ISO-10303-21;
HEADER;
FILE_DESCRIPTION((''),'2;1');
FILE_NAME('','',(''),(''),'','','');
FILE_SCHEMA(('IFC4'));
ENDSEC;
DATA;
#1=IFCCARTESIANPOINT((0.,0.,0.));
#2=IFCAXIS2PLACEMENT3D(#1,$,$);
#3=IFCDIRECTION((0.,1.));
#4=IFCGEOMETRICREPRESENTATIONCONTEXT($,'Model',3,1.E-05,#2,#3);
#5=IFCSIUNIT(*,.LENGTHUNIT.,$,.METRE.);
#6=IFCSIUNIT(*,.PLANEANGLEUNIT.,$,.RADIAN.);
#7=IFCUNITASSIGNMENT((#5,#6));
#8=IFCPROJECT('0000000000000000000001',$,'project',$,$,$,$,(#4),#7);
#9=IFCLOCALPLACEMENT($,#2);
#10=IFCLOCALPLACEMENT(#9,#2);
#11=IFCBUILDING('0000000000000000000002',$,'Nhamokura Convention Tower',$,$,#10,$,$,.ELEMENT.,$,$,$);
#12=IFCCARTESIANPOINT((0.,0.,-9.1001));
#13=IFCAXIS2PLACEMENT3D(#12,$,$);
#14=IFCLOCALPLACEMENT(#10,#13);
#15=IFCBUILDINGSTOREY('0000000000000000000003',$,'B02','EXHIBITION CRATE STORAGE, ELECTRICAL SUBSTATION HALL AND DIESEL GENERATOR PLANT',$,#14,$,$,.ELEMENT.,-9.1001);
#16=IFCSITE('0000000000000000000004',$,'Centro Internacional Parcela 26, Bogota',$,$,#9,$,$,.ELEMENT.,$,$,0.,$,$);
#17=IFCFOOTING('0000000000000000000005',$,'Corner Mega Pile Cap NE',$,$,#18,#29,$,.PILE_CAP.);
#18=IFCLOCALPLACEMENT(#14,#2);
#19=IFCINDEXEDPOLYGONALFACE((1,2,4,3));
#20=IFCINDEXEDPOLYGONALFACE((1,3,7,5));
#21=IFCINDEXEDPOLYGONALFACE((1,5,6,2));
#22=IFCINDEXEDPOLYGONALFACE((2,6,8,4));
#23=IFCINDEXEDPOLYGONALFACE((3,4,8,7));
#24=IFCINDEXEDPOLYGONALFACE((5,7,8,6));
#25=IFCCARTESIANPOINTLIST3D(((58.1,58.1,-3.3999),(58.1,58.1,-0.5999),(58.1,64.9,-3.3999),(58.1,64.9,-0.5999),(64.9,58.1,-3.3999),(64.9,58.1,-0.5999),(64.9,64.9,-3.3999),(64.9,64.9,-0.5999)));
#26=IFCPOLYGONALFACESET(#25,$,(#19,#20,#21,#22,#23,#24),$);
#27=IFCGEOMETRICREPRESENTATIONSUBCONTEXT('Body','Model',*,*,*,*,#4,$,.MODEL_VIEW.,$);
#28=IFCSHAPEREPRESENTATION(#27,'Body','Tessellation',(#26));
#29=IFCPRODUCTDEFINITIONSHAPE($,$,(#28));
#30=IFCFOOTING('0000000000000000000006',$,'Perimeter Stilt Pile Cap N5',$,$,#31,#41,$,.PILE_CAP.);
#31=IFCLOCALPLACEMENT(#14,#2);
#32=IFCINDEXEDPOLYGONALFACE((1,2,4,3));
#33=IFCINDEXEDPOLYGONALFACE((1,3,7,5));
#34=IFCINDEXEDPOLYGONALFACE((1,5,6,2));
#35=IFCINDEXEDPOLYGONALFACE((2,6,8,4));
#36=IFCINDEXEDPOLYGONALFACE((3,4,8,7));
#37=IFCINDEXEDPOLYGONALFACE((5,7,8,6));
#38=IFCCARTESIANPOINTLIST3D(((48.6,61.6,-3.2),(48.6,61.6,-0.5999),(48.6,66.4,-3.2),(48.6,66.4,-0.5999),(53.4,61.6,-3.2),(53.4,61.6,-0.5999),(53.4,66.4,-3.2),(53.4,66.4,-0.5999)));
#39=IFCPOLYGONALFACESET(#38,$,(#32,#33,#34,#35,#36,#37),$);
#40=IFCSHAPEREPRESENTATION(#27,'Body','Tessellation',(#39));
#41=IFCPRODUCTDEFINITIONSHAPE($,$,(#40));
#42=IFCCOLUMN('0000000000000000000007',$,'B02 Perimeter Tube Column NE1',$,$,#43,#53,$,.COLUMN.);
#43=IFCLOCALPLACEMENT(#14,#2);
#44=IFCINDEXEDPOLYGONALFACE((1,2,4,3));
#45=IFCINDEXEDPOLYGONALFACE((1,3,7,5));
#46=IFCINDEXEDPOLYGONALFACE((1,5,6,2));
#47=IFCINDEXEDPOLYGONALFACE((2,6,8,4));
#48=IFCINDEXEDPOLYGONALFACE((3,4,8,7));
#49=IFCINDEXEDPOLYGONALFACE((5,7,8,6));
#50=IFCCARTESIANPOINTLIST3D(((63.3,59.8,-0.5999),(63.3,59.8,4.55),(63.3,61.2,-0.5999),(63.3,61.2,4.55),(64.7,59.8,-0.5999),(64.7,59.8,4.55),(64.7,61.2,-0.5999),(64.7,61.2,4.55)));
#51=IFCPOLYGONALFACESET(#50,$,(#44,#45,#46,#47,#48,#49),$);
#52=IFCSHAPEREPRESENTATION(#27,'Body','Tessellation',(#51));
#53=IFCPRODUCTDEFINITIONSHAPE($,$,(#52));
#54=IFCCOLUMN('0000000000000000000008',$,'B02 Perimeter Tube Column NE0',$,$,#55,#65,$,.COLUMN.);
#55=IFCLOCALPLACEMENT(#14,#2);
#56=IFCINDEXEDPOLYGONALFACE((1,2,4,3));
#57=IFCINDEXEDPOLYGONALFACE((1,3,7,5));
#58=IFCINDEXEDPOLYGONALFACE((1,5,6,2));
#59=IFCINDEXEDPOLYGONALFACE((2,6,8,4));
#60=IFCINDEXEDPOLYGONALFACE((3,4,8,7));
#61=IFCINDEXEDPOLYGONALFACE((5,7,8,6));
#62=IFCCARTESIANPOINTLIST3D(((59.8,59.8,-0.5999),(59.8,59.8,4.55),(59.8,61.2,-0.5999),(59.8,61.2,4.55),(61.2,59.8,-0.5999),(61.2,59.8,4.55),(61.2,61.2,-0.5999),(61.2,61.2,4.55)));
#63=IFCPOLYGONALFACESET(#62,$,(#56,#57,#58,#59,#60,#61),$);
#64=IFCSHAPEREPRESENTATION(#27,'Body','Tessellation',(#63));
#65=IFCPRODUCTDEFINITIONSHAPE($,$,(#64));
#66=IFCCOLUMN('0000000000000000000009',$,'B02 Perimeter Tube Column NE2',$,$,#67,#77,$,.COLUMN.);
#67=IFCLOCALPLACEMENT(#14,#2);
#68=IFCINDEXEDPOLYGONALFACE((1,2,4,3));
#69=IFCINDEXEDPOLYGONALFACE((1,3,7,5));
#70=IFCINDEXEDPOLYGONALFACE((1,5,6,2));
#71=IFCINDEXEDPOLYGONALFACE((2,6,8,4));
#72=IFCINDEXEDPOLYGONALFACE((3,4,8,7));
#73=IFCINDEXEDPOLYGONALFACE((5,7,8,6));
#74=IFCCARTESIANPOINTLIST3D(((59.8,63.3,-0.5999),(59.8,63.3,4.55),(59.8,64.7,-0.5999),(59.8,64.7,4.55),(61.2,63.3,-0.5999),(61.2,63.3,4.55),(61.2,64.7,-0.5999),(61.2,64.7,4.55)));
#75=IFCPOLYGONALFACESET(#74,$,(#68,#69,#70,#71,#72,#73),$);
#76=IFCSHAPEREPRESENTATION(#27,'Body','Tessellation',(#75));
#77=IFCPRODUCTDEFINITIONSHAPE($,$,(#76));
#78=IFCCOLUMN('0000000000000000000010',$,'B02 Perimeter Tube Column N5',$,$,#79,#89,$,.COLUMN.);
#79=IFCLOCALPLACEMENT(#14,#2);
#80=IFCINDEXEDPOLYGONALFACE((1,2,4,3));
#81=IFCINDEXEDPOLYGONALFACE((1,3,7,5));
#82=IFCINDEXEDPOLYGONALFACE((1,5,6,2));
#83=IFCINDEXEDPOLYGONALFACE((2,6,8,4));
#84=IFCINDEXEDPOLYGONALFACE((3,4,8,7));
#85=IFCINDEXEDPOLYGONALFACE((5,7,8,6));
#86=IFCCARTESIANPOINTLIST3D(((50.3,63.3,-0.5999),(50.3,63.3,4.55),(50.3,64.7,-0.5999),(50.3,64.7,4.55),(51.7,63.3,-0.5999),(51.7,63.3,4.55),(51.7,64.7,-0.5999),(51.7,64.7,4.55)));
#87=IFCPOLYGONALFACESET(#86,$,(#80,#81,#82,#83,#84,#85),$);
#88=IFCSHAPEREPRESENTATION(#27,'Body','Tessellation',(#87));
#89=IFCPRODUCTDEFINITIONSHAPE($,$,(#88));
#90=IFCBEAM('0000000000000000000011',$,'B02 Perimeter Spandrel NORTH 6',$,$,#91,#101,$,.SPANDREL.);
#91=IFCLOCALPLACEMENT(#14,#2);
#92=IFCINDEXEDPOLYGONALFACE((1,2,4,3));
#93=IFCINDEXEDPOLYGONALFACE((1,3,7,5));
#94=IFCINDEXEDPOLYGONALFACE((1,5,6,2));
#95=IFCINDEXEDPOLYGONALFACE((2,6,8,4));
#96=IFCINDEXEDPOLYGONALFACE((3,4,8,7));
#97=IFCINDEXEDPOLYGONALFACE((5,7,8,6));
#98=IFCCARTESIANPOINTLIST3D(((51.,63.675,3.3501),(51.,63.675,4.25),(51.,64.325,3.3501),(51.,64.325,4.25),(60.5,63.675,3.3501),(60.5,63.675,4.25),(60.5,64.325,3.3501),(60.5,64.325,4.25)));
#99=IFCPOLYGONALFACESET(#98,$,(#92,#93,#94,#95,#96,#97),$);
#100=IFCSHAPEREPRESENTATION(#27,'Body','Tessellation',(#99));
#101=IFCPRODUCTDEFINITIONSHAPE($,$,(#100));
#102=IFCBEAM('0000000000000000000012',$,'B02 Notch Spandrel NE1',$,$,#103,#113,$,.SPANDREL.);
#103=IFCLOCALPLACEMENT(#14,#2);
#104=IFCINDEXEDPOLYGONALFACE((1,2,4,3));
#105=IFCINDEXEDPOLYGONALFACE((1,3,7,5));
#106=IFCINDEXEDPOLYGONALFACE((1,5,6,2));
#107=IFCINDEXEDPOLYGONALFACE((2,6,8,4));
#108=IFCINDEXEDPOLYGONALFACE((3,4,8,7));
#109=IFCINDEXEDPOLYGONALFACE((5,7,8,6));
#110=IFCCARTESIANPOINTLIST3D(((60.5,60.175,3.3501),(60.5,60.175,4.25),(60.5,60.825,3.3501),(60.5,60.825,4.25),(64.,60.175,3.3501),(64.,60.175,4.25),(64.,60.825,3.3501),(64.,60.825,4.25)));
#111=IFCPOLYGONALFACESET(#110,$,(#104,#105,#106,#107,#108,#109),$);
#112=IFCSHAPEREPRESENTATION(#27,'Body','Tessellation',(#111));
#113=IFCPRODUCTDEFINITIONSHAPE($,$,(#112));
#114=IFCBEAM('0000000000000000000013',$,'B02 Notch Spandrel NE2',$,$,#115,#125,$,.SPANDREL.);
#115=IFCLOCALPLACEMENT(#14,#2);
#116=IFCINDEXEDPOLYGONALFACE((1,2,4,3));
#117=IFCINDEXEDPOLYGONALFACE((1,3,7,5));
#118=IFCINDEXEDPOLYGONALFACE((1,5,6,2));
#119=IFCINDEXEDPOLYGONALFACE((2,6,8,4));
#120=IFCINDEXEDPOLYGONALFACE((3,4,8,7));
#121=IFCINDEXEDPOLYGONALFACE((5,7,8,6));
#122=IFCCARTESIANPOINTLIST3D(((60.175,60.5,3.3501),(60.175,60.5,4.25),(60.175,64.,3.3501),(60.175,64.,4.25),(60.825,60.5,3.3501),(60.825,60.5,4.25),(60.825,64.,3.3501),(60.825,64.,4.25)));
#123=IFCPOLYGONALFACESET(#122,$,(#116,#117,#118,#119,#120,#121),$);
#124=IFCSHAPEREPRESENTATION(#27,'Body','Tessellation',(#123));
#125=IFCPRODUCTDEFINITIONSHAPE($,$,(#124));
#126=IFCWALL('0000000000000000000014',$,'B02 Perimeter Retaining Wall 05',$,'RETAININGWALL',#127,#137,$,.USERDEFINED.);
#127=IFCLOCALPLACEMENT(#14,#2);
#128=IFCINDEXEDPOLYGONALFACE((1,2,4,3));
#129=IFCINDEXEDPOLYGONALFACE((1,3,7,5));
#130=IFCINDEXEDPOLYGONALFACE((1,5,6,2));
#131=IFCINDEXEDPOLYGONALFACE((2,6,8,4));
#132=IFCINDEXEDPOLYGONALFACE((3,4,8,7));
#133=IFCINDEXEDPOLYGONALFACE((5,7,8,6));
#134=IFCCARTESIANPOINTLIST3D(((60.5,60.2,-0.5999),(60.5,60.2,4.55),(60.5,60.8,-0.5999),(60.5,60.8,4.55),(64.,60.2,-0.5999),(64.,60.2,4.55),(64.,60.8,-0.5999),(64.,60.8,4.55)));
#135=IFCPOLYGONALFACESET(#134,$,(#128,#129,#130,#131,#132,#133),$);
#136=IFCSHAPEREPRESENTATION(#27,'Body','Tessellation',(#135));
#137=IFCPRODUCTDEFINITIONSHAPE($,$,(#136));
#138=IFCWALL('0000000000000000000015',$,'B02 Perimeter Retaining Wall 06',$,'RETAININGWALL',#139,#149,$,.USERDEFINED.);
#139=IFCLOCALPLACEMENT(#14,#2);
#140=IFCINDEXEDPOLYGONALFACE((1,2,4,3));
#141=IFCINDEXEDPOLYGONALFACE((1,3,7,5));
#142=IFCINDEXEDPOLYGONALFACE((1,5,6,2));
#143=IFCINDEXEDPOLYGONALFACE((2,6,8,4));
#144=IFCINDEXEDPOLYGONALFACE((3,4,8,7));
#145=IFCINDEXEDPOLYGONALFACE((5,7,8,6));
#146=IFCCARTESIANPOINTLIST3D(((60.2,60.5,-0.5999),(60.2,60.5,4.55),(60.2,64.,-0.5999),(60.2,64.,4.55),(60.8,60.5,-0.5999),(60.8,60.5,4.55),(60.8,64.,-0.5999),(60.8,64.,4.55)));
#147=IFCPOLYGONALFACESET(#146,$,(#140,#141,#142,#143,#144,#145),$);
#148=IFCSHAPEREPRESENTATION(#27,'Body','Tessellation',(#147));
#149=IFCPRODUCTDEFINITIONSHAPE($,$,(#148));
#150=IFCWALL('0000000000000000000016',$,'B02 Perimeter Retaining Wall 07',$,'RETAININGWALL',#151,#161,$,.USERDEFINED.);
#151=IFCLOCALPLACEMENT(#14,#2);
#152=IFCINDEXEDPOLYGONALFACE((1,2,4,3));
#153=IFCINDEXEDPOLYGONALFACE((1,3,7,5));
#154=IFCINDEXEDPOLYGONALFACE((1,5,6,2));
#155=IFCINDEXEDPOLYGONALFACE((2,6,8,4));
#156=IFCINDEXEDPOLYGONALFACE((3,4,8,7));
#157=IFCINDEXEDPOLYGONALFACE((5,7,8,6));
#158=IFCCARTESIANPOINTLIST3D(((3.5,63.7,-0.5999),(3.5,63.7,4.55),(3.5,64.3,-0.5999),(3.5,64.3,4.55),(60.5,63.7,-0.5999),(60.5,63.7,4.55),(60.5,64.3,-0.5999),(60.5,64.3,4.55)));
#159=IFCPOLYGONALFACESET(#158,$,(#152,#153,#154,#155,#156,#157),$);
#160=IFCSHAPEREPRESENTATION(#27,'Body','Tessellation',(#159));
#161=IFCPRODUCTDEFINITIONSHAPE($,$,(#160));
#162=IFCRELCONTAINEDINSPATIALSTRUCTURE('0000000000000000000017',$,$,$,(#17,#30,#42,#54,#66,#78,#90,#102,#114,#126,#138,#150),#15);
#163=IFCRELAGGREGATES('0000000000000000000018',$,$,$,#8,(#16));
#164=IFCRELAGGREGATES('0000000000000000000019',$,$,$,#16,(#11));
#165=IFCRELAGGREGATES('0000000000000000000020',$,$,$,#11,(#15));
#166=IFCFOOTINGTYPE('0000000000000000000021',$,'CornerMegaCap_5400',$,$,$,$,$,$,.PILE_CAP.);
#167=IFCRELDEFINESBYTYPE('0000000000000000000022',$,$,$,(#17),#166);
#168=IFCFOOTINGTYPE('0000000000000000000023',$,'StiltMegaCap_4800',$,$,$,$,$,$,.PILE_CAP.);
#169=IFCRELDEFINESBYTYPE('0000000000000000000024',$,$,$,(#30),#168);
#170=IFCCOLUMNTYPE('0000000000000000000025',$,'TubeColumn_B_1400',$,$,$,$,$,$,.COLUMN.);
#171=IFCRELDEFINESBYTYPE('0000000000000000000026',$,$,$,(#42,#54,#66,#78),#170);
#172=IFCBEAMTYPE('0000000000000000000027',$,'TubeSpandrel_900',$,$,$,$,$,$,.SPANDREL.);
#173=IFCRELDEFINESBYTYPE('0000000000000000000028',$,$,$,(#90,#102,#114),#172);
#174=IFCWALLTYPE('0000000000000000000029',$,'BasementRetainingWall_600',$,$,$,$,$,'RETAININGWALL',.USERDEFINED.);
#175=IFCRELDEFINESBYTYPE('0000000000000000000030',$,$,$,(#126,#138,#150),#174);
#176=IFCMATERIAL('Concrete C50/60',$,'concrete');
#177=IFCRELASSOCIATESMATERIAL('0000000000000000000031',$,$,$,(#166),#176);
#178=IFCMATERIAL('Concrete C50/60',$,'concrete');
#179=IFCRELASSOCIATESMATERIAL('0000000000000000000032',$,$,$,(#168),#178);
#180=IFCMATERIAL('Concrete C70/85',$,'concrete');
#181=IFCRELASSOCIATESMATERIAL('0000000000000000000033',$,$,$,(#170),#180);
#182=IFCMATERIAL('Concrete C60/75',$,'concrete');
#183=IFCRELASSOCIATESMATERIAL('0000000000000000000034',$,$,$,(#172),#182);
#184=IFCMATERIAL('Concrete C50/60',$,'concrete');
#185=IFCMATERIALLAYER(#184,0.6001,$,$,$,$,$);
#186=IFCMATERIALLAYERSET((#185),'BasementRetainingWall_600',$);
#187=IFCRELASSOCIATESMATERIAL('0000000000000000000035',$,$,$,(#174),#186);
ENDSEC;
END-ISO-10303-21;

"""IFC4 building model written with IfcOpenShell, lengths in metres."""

from ifc_helpers import new_model, si_unit, direction, frame, frame_2d, origin, origin_2d, place, context, subcontext, project, spatial, rectangle, extrude, material, layer, layer_set, material_profile, profile_set, type_object, element, save


model = new_model("IFC4")

# Units and contexts
model_context = context("Model", 3, precision=1e-05, world=origin(), true_north=direction((0.0, 1.0)))
body_context = subcontext(model_context, "Body", "Model", "MODEL_VIEW")
ifc_project = project(units=[si_unit("LENGTHUNIT", "METRE"), si_unit("PLANEANGLEUNIT", "RADIAN")], contexts=[model_context])

# Site, building, storey
site_placement = place(None, origin())
site = spatial("IfcSite", under=ifc_project, at=site_placement, Name="Centro Internacional Parcela 26, Bogota", CompositionType="ELEMENT", RefElevation=0.0)
building_placement = place(site_placement, origin())
building = spatial("IfcBuilding", under=site, at=building_placement, Name="Nhamokura Convention Tower", CompositionType="ELEMENT")
storey_placement = place(building_placement, frame((0.0, 0.0, -9.1001)))
storey = spatial("IfcBuildingStorey", under=building, at=storey_placement, Name="B02", Description="EXHIBITION CRATE STORAGE, ELECTRICAL SUBSTATION HALL AND DIESEL GENERATOR PLANT", CompositionType="ELEMENT", Elevation=-9.1001)

# Footings
ifc_material_1 = material(Name="Concrete C50/60", Category="concrete")
footing_type_1 = type_object("IfcFootingType", Name="CornerMegaCap_5400", PredefinedType="PILE_CAP", material=ifc_material_1)
footing_1_placement = place(storey_placement, frame((61.5, 61.5, -3.3999), z_axis=(0.0, 0.0, 1.0), x_axis=(1.0, 0.0, 0.0)))
element("IfcFooting", 1, at=footing_1_placement, inside=storey, type_object=footing_type_1, Name="Corner Mega Pile Cap NE", PredefinedType="PILE_CAP", context=body_context, shape_type="SweptSolid", body=[
    extrude(rectangle(XDim=6.8, YDim=6.8, at=origin_2d()), origin(), (0.0, 0.0, 1.0), 2.8),
])
ifc_material_2 = material(Name="Concrete C50/60", Category="concrete")
footing_type_2 = type_object("IfcFootingType", Name="StiltMegaCap_4800", PredefinedType="PILE_CAP", material=ifc_material_2)
footing_2_placement = place(storey_placement, frame((51.0, 64.0, -3.2), z_axis=(0.0, 0.0, 1.0), x_axis=(1.0, 0.0, 0.0)))
element("IfcFooting", 2, at=footing_2_placement, inside=storey, type_object=footing_type_2, Name="Perimeter Stilt Pile Cap N5", PredefinedType="PILE_CAP", context=body_context, shape_type="SweptSolid", body=[
    extrude(rectangle(XDim=4.8, YDim=4.8, at=origin_2d()), origin(), (0.0, 0.0, 1.0), 2.6001),
])

# Columns
ifc_material_3 = material(Name="Concrete C70/85", Category="concrete")
ifc_material_profile_1 = material_profile(ifc_material_3, rectangle(XDim=1.3999, YDim=1.3999, at=origin_2d()))
ifc_profile_set_1 = profile_set([ifc_material_profile_1], Name="Concrete C70/85")
column_type = type_object("IfcColumnType", Name="TubeColumn_B_1400", PredefinedType="COLUMN", material=ifc_profile_set_1)
for number, where, z_axis, x_axis, name in (
    (3, (64.0, 60.5, -0.5999), (0.0, 0.0, 1.0), (1.0, 0.0, 0.0), "B02 Perimeter Tube Column NE1"),
    (4, (60.5, 60.5, -0.5999), (0.0, 0.0, 1.0), (1.0, 0.0, 0.0), "B02 Perimeter Tube Column NE0"),
    (5, (60.5, 64.0, -0.5999), (0.0, 0.0, 1.0), (1.0, 0.0, 0.0), "B02 Perimeter Tube Column NE2"),
    (6, (51.0, 64.0, -0.5999), (0.0, 0.0, 1.0), (1.0, 0.0, 0.0), "B02 Perimeter Tube Column N5"),
):
    element("IfcColumn", number, at=place(storey_placement, frame(where, z_axis=z_axis, x_axis=x_axis)), inside=storey, type_object=column_type, Name=name, PredefinedType="COLUMN", context=body_context, shape_type="SweptSolid", body=[
        extrude(rectangle(XDim=1.3999, YDim=1.3999, at=origin_2d()), origin(), (0.0, 0.0, 1.0), 5.1499),
    ])

# Beams
ifc_material_4 = material(Name="Concrete C60/75", Category="concrete")
ifc_material_profile_2 = material_profile(ifc_material_4, rectangle(XDim=0.6499, YDim=0.8999, at=origin_2d()))
ifc_profile_set_2 = profile_set([ifc_material_profile_2], Name="Concrete C60/75")
beam_type = type_object("IfcBeamType", Name="TubeSpandrel_900", PredefinedType="SPANDREL", material=ifc_profile_set_2)
beam_placement = place(storey_placement, frame((51.0, 64.0, 3.8), z_axis=(1.0, 0.0, 0.0), x_axis=(0.0, 1.0, 0.0)))
element("IfcBeam", 7, at=beam_placement, inside=storey, type_object=beam_type, Name="B02 Perimeter Spandrel NORTH 6", PredefinedType="SPANDREL", context=body_context, shape_type="SweptSolid", body=[
    extrude(rectangle(XDim=0.6499, YDim=0.8999, at=origin_2d()), origin(), (0.0, 0.0, 1.0), 9.5),
])
for number, where, z_axis, x_axis, name in (
    (8, (64.0, 60.5, 3.8), (-1.0, 0.0, 0.0), (0.0, -1.0, 0.0), "B02 Notch Spandrel NE1"),
    (9, (60.5, 60.5, 3.8), (0.0, 1.0, 0.0), (-1.0, 0.0, 0.0), "B02 Notch Spandrel NE2"),
):
    element("IfcBeam", number, at=place(storey_placement, frame(where, z_axis=z_axis, x_axis=x_axis)), inside=storey, type_object=beam_type, Name=name, PredefinedType="SPANDREL", context=body_context, shape_type="SweptSolid", body=[
        extrude(rectangle(XDim=0.6499, YDim=0.8999, at=origin_2d()), origin(), (0.0, 0.0, 1.0), 3.5),
    ])

# Walls
ifc_material_5 = material(Name="Concrete C50/60", Category="concrete")
ifc_layer = layer(ifc_material_5, 0.6001)
ifc_layer_set = layer_set([ifc_layer], Name="BasementRetainingWall_600")
wall_type = type_object("IfcWallType", Name="BasementRetainingWall_600", ElementType="RETAININGWALL", PredefinedType="USERDEFINED", material=ifc_layer_set)
for number, where, z_axis, x_axis, name in (
    (10, (64.0, 60.5, -0.5999), (0.0, 0.0, 1.0), (-1.0, 0.0, 0.0), "B02 Perimeter Retaining Wall 05"),
    (11, (60.5, 60.5, -0.5999), (0.0, 0.0, 1.0), (0.0, 1.0, 0.0), "B02 Perimeter Retaining Wall 06"),
):
    element("IfcWall", number, at=place(storey_placement, frame(where, z_axis=z_axis, x_axis=x_axis)), inside=storey, type_object=wall_type, Name=name, ObjectType="RETAININGWALL", PredefinedType="USERDEFINED", context=body_context, shape_type="SweptSolid", body=[
        extrude(rectangle(XDim=3.5, YDim=0.6001, at=frame_2d((1.75, 0.0))), origin(), (0.0, 0.0, 1.0), 5.1499),
    ])
wall_placement = place(storey_placement, frame((60.5, 64.0, -0.5999), z_axis=(0.0, 0.0, 1.0), x_axis=(-1.0, 0.0, 0.0)))
element("IfcWall", 12, at=wall_placement, inside=storey, type_object=wall_type, Name="B02 Perimeter Retaining Wall 07", ObjectType="RETAININGWALL", PredefinedType="USERDEFINED", context=body_context, shape_type="SweptSolid", body=[
    extrude(rectangle(XDim=57.0, YDim=0.6001, at=frame_2d((28.5, 0.0))), origin(), (0.0, 0.0, 1.0), 5.1499),
])

save(model, "model.ifc")
